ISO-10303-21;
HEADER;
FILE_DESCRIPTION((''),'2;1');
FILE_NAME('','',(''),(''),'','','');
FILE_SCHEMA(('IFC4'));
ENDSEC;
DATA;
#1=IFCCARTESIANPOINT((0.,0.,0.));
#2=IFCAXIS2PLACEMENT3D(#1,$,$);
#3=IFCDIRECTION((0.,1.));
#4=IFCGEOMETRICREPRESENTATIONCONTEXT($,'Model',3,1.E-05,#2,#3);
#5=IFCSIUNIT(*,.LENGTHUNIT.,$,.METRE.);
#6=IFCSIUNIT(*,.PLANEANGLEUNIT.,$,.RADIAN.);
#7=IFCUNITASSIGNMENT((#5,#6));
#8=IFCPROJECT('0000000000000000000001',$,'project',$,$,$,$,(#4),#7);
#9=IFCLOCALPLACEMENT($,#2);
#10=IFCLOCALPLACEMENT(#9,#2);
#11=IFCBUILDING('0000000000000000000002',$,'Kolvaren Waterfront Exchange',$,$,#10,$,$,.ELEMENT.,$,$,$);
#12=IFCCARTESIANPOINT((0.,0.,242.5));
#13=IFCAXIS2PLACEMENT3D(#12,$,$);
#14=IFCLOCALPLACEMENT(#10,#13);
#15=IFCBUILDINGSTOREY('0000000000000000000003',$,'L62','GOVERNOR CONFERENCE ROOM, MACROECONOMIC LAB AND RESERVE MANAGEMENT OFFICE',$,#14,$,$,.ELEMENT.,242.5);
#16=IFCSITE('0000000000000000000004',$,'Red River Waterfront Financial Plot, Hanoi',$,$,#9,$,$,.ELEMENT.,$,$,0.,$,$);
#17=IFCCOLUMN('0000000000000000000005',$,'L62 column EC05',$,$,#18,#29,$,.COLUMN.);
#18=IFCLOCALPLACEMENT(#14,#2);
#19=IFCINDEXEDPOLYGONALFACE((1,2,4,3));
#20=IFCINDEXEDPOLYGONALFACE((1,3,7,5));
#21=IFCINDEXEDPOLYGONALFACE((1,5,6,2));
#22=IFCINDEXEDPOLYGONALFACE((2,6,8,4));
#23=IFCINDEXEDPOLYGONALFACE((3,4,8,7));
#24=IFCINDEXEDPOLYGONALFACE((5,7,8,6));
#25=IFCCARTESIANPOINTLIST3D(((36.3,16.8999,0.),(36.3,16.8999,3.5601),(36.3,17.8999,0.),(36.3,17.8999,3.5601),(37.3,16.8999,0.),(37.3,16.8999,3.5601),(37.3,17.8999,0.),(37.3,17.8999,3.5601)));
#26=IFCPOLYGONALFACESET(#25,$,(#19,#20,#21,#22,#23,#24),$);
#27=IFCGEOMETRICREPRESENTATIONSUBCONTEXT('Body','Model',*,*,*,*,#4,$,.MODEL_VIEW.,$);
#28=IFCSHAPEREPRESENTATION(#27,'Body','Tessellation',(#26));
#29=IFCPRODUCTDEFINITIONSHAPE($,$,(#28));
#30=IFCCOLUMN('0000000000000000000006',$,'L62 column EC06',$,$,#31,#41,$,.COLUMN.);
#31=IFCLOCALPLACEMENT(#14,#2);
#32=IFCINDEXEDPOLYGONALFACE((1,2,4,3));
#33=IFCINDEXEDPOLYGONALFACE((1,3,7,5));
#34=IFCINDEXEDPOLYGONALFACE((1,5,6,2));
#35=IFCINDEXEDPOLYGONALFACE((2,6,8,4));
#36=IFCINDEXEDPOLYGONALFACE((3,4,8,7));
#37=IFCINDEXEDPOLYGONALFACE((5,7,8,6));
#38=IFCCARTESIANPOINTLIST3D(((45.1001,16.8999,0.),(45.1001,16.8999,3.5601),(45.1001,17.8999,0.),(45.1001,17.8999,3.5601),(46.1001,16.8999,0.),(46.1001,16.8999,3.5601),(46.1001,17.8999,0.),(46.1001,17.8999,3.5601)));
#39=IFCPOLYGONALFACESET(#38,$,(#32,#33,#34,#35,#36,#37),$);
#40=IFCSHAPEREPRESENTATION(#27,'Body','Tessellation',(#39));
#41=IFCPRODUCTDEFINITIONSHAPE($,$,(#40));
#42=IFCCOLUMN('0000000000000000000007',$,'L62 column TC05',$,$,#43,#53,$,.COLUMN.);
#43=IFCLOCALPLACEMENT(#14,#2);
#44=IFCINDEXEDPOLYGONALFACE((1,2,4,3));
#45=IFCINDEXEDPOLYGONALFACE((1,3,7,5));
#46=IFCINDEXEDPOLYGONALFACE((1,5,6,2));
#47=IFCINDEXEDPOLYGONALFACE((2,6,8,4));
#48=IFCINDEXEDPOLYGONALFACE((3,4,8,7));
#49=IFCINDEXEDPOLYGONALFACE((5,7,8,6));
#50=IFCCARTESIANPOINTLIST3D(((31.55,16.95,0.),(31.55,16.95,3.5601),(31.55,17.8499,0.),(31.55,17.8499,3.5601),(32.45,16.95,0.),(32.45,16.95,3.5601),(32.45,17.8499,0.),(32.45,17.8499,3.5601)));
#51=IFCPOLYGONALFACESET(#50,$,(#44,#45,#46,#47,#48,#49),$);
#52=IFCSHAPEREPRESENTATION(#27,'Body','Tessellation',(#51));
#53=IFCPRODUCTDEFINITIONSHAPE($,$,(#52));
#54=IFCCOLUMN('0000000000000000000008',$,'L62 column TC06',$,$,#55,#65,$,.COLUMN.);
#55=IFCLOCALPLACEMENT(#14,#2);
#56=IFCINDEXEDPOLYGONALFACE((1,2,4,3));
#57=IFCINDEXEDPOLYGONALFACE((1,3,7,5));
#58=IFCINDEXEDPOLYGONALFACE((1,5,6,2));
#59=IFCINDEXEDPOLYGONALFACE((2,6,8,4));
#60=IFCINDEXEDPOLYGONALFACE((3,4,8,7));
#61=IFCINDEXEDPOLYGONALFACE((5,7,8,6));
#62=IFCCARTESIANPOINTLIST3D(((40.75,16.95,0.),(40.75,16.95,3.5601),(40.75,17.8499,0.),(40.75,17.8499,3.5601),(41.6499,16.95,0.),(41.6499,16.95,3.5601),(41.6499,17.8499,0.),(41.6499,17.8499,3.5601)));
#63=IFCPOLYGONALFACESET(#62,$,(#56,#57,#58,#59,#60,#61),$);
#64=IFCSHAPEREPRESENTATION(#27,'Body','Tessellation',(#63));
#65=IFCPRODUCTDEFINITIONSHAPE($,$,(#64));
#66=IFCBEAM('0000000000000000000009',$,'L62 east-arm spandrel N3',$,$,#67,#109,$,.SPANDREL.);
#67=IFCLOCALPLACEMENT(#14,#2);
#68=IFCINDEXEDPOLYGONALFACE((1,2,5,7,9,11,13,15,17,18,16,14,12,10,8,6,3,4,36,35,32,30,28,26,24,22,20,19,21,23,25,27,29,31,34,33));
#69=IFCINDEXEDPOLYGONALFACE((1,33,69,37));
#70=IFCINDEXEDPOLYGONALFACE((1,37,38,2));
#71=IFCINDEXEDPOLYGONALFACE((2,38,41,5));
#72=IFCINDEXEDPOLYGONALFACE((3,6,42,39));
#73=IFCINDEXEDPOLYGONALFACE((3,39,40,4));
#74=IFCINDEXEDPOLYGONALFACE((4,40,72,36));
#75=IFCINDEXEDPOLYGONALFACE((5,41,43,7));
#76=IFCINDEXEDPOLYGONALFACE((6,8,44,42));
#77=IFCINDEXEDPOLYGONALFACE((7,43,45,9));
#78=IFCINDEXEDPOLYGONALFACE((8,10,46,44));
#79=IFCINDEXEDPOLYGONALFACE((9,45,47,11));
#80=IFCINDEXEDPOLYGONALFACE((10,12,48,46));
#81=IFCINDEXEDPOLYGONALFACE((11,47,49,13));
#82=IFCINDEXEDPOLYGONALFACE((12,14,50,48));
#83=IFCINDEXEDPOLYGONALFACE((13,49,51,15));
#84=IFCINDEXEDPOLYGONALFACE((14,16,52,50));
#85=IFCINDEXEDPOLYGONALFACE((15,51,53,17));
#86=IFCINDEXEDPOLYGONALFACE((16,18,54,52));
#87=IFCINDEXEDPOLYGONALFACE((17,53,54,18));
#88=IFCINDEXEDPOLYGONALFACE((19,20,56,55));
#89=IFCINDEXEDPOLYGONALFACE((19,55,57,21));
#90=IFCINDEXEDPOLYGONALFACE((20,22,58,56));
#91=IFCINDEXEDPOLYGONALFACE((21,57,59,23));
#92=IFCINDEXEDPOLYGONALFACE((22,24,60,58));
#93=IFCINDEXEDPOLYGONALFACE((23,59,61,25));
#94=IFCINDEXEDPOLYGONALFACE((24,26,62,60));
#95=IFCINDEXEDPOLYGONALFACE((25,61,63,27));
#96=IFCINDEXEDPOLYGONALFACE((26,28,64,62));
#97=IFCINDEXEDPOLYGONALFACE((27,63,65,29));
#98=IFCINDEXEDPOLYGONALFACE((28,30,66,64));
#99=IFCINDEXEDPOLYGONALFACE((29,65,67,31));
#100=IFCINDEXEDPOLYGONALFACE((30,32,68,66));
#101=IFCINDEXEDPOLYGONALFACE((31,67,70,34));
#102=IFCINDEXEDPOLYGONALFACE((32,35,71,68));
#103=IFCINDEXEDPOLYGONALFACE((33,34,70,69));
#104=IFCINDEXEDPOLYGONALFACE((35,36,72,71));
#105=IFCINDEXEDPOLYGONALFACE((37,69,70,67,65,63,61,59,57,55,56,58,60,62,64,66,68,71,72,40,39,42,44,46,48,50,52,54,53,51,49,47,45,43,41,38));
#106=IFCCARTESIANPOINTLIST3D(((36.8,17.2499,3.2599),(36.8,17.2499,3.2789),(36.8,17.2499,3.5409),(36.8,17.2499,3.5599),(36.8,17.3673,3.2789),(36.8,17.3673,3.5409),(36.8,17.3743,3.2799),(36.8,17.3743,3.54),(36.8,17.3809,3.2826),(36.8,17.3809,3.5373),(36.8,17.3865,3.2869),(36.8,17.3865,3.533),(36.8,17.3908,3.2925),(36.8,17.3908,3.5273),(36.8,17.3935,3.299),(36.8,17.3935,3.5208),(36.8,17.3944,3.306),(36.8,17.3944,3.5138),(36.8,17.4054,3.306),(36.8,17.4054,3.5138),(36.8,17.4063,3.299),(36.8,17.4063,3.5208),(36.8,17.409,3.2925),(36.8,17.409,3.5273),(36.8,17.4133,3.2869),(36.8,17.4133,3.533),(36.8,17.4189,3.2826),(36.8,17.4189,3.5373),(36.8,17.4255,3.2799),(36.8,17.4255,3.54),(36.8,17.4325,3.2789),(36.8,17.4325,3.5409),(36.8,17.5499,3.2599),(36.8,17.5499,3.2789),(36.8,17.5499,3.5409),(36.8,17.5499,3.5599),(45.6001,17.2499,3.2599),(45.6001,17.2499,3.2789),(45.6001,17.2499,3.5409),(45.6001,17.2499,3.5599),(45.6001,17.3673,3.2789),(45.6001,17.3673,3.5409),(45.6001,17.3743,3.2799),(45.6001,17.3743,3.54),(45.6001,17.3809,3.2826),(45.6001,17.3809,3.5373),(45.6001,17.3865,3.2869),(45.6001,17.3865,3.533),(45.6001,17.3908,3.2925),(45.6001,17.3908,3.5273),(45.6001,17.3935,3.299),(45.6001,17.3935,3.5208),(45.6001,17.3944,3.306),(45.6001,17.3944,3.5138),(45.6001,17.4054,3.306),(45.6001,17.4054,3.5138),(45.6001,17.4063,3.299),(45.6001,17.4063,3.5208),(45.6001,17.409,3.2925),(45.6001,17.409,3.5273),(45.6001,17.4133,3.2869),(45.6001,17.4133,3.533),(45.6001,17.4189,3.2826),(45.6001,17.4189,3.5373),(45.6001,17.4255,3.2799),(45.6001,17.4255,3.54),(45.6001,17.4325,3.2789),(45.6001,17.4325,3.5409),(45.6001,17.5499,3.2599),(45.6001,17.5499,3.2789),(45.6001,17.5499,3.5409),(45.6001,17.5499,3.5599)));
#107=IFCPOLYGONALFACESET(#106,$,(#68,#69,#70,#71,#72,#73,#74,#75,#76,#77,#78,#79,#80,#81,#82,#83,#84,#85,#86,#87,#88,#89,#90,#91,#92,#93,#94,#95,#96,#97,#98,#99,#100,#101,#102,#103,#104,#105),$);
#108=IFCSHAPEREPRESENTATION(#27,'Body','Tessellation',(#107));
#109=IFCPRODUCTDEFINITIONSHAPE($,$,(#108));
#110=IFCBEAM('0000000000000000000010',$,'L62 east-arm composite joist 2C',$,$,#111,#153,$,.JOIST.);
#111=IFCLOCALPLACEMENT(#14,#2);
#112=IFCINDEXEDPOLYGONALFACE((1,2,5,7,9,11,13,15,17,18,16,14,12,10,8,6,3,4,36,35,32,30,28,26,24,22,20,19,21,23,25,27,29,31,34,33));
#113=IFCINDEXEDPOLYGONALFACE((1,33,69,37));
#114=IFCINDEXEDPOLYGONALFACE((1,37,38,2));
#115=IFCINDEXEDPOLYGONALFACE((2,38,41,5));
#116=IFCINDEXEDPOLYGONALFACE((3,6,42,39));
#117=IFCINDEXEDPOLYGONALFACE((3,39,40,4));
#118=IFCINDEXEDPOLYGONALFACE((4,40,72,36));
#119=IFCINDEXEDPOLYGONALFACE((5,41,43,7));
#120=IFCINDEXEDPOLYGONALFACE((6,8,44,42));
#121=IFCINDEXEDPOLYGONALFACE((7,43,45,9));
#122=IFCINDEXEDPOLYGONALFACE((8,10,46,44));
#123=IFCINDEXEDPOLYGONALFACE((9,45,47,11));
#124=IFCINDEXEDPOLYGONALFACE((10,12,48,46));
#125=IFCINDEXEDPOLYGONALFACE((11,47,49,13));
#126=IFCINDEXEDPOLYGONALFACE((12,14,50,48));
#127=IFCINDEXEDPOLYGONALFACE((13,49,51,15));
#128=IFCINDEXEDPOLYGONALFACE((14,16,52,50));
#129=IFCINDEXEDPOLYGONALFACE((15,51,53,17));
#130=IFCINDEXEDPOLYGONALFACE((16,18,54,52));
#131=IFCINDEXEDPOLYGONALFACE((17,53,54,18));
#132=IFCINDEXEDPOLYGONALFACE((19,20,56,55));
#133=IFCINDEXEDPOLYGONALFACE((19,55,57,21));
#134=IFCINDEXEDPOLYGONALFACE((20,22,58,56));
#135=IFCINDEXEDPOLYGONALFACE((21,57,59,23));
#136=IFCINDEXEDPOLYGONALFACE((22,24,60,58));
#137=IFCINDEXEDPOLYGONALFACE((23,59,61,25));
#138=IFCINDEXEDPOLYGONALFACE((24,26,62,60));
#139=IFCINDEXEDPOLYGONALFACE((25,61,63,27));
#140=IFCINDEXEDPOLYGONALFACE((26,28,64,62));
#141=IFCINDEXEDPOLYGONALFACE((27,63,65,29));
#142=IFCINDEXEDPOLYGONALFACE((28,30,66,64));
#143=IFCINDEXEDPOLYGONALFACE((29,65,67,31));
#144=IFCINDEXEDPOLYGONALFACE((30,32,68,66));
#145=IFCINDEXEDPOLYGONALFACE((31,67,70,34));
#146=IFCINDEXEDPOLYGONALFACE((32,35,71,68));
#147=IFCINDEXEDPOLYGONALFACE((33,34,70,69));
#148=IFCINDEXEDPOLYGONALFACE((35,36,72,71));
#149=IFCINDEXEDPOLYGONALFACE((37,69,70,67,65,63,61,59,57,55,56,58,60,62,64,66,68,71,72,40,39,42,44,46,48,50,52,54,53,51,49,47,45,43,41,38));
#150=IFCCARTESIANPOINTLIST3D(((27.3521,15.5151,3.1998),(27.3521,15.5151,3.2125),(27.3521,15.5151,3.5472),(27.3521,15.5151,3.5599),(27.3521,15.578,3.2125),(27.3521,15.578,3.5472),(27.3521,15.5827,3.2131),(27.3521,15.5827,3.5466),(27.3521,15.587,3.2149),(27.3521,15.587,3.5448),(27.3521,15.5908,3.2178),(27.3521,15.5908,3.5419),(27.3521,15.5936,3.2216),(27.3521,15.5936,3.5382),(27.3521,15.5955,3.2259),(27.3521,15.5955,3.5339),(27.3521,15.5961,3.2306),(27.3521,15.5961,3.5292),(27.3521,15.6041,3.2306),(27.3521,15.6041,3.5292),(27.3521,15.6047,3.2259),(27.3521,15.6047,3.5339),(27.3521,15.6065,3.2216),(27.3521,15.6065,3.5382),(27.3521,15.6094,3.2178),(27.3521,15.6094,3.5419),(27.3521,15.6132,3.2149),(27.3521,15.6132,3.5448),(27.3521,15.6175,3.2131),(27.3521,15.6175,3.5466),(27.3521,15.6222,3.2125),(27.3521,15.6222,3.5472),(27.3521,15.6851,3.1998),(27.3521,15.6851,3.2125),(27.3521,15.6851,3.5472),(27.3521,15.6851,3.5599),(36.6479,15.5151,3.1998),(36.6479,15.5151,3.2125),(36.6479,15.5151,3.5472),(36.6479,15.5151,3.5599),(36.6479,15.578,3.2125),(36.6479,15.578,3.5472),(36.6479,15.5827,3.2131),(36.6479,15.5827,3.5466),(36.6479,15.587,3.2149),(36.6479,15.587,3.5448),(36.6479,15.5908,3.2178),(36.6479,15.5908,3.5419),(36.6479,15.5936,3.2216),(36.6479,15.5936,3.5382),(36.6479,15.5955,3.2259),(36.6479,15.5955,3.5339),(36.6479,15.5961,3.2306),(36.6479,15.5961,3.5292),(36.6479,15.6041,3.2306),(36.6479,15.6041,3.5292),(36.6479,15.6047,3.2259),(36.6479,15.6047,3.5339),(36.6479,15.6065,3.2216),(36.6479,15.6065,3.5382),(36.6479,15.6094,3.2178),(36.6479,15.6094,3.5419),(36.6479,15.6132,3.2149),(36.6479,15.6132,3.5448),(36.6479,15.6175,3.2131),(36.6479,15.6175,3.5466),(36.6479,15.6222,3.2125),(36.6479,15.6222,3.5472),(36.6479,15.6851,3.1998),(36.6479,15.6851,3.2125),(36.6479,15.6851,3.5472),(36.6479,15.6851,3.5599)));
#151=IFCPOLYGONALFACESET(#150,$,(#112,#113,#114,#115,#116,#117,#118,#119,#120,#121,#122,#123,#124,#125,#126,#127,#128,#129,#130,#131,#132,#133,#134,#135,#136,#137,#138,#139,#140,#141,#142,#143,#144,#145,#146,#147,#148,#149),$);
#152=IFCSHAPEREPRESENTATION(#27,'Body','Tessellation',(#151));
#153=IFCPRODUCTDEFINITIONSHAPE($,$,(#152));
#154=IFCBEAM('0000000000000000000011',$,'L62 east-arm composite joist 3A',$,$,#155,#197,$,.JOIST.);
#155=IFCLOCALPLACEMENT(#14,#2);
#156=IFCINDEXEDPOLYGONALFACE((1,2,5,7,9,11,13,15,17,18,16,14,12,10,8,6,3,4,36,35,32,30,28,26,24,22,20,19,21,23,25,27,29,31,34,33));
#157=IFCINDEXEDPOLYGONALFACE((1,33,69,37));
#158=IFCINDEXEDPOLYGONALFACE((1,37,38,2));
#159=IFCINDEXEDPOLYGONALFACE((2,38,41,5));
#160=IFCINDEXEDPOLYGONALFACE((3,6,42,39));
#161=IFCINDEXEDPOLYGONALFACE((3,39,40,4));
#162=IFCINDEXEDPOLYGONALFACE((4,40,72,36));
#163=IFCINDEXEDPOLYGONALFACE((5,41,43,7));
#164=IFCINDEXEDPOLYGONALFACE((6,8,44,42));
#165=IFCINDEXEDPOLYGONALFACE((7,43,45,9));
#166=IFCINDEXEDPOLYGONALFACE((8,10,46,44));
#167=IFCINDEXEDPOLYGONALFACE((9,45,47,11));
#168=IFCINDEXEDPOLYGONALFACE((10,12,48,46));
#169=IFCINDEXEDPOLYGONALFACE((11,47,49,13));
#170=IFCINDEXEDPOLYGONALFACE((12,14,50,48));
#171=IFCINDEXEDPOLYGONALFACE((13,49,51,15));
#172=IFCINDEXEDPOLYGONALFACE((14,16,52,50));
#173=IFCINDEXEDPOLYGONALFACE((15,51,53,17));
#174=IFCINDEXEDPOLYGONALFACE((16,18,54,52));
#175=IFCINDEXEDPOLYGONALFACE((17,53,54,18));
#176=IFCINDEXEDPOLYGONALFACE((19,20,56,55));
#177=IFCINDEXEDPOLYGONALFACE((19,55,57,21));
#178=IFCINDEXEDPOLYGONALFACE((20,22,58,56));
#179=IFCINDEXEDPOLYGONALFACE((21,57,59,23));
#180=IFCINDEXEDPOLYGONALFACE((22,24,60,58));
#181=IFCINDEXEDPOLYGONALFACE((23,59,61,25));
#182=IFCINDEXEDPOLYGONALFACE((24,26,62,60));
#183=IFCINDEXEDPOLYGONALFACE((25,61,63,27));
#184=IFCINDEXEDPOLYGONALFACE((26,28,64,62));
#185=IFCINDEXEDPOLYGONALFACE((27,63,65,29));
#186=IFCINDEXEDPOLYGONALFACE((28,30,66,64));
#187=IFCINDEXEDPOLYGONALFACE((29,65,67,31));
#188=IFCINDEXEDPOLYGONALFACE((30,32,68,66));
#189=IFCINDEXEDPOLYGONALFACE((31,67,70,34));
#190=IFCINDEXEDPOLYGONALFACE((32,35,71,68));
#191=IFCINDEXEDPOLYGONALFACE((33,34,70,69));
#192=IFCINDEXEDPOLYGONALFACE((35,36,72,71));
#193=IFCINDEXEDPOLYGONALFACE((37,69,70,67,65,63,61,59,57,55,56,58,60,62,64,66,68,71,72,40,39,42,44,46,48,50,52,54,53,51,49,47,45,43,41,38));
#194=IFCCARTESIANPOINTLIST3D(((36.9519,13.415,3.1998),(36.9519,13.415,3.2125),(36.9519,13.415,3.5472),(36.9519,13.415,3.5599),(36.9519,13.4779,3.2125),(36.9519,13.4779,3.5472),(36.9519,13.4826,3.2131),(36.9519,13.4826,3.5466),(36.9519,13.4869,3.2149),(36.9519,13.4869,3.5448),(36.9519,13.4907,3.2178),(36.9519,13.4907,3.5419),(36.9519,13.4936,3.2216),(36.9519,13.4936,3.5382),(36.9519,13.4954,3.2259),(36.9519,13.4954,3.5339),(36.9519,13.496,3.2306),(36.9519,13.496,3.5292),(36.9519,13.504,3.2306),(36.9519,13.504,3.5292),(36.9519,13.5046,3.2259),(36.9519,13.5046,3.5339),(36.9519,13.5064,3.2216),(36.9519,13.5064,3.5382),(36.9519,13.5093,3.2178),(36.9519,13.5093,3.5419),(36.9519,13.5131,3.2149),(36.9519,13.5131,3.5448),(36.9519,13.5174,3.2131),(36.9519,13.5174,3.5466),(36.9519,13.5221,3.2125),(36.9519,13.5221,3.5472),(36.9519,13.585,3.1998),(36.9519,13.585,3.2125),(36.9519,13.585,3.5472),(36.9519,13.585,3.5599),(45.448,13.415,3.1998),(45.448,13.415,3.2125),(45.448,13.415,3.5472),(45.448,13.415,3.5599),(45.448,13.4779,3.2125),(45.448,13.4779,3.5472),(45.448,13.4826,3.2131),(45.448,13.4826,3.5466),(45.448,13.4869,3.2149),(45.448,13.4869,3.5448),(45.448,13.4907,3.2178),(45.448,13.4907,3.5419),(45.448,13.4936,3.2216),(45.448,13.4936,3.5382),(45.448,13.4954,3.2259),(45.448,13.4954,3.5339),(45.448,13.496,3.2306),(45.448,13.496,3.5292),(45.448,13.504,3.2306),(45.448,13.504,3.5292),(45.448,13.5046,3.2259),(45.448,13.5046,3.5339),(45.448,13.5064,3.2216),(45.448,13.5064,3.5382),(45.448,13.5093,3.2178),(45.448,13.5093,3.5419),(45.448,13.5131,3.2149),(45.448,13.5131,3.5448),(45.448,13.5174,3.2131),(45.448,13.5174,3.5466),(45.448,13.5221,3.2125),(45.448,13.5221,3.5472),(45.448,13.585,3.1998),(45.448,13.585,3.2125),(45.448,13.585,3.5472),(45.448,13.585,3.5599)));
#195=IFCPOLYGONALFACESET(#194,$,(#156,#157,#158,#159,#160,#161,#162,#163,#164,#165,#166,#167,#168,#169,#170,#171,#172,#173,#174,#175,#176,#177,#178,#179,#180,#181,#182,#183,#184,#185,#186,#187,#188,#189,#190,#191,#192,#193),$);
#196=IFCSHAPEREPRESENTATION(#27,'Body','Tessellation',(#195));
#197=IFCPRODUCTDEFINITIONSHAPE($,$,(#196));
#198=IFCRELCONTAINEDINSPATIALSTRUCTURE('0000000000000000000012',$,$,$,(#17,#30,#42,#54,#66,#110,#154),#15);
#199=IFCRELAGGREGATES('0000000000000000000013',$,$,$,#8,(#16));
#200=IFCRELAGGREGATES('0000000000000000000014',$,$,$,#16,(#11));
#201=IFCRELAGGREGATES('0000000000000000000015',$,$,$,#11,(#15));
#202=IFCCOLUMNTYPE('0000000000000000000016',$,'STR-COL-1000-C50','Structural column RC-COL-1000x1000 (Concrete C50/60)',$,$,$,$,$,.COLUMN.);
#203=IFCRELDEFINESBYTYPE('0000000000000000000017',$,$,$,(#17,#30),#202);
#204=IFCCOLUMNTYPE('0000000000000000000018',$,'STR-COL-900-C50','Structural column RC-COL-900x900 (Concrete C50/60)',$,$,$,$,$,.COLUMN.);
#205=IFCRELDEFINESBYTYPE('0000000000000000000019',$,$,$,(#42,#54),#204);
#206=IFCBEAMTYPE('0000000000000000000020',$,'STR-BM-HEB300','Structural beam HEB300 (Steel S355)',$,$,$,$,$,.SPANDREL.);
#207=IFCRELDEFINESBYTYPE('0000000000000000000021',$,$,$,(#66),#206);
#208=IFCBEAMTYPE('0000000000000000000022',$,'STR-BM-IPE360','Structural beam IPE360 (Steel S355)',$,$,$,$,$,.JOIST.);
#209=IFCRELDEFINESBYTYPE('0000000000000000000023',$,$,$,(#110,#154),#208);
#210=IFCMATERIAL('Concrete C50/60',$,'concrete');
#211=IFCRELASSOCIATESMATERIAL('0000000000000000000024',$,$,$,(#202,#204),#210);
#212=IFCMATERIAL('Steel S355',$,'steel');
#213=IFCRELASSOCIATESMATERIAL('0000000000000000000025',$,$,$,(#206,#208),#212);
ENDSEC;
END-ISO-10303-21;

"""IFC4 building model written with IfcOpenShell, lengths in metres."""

from ifc_helpers import new_model, si_unit, direction, frame, origin, origin_2d, place, context, subcontext, project, spatial, rectangle, i_section, extrude, material, material_profile, profile_set, type_object, element, save


model = new_model("IFC4")

# Units and contexts
model_context = context("Model", 3, precision=1e-05, world=origin(), true_north=direction((0.0, 1.0)))
body_context = subcontext(model_context, "Body", "Model", "MODEL_VIEW")
ifc_project = project(units=[si_unit("LENGTHUNIT", "METRE"), si_unit("PLANEANGLEUNIT", "RADIAN")], contexts=[model_context])

# Site, building, storey
site_placement = place(None, origin())
site = spatial("IfcSite", under=ifc_project, at=site_placement, Name="Red River Waterfront Financial Plot, Hanoi", CompositionType="ELEMENT", RefElevation=0.0)
building_placement = place(site_placement, origin())
building = spatial("IfcBuilding", under=site, at=building_placement, Name="Kolvaren Waterfront Exchange", CompositionType="ELEMENT")
storey_placement = place(building_placement, frame((0.0, 0.0, 242.5)))
storey = spatial("IfcBuildingStorey", under=building, at=storey_placement, Name="L62", Description="GOVERNOR CONFERENCE ROOM, MACROECONOMIC LAB AND RESERVE MANAGEMENT OFFICE", CompositionType="ELEMENT", Elevation=242.5)

# Columns
ifc_material_1 = material(Name="Concrete C50/60", Category="concrete")
ifc_material_profile_1 = material_profile(ifc_material_1, rectangle(XDim=1.0, YDim=1.0, at=origin_2d()), Name="RC-COL-1000x1000")
ifc_profile_set_1 = profile_set([ifc_material_profile_1], Name="Concrete C50/60")
column_type_1 = type_object("IfcColumnType", Name="STR-COL-1000-C50", Description="Structural column RC-COL-1000x1000 (Concrete C50/60)", PredefinedType="COLUMN", material=ifc_profile_set_1)
for number, where, z_axis, x_axis, name in (
    (1, (36.8, 17.3999, 0.0), (0.0, 0.0, 1.0), (1.0, 0.0, 0.0), "L62 column EC05"),
    (2, (45.6001, 17.3999, 0.0), (0.0, 0.0, 1.0), (1.0, 0.0, 0.0), "L62 column EC06"),
):
    element("IfcColumn", number, at=place(storey_placement, frame(where, z_axis=z_axis, x_axis=x_axis)), inside=storey, type_object=column_type_1, Name=name, PredefinedType="COLUMN", context=body_context, shape_type="SweptSolid", body=[
        extrude(rectangle(XDim=1.0, YDim=1.0, at=origin_2d()), origin(), (0.0, 0.0, 1.0), 3.5601),
    ])
ifc_material_profile_2 = material_profile(ifc_material_1, rectangle(XDim=0.8999, YDim=0.8999, at=origin_2d()), Name="RC-COL-900x900")
ifc_profile_set_2 = profile_set([ifc_material_profile_2], Name="Concrete C50/60")
column_type_2 = type_object("IfcColumnType", Name="STR-COL-900-C50", Description="Structural column RC-COL-900x900 (Concrete C50/60)", PredefinedType="COLUMN", material=ifc_profile_set_2)
for number, where, z_axis, x_axis, name in (
    (3, (32.0, 17.3999, 0.0), (0.0, 0.0, 1.0), (1.0, 0.0, 0.0), "L62 column TC05"),
    (4, (41.2, 17.3999, 0.0), (0.0, 0.0, 1.0), (1.0, 0.0, 0.0), "L62 column TC06"),
):
    element("IfcColumn", number, at=place(storey_placement, frame(where, z_axis=z_axis, x_axis=x_axis)), inside=storey, type_object=column_type_2, Name=name, PredefinedType="COLUMN", context=body_context, shape_type="SweptSolid", body=[
        extrude(rectangle(XDim=0.8999, YDim=0.8999, at=origin_2d()), origin(), (0.0, 0.0, 1.0), 3.5601),
    ])

# Beams
ifc_material_2 = material(Name="Steel S355", Category="steel")
ifc_material_profile_3 = material_profile(ifc_material_2, i_section(OverallWidth=0.3, OverallDepth=0.3, WebThickness=0.011, FlangeThickness=0.019, FilletRadius=0.0271, at=origin_2d()), Name="HEB300")
ifc_profile_set_3 = profile_set([ifc_material_profile_3], Name="Steel S355")
beam_type_1 = type_object("IfcBeamType", Name="STR-BM-HEB300", Description="Structural beam HEB300 (Steel S355)", PredefinedType="SPANDREL", material=ifc_profile_set_3)
beam_1_placement = place(storey_placement, frame((36.8, 17.3999, 3.4099), z_axis=(1.0, 0.0, 0.0), x_axis=(0.0, 1.0, 0.0)))
element("IfcBeam", 5, at=beam_1_placement, inside=storey, type_object=beam_type_1, Name="L62 east-arm spandrel N3", PredefinedType="SPANDREL", context=body_context, shape_type="SweptSolid", body=[
    extrude(i_section(OverallWidth=0.3, OverallDepth=0.3, WebThickness=0.011, FlangeThickness=0.019, FilletRadius=0.0271, at=origin_2d()), origin(), (0.0, 0.0, 1.0), 8.8),
])
ifc_material_profile_4 = material_profile(ifc_material_2, i_section(OverallWidth=0.1699, OverallDepth=0.3601, WebThickness=0.0081, FlangeThickness=0.0127, FilletRadius=0.0181, at=origin_2d()), Name="IPE360")
ifc_profile_set_4 = profile_set([ifc_material_profile_4], Name="Steel S355")
beam_type_2 = type_object("IfcBeamType", Name="STR-BM-IPE360", Description="Structural beam IPE360 (Steel S355)", PredefinedType="JOIST", material=ifc_profile_set_4)
beam_2_placement = place(storey_placement, frame((27.3521, 15.6001, 3.3799), z_axis=(1.0, 0.0, 0.0), x_axis=(0.0, 1.0, 0.0)))
element("IfcBeam", 6, at=beam_2_placement, inside=storey, type_object=beam_type_2, Name="L62 east-arm composite joist 2C", PredefinedType="JOIST", context=body_context, shape_type="SweptSolid", body=[
    extrude(i_section(OverallWidth=0.1699, OverallDepth=0.3601, WebThickness=0.0081, FlangeThickness=0.0127, FilletRadius=0.0181, at=origin_2d()), origin(), (0.0, 0.0, 1.0), 9.2959),
])
for number, where, z_axis, x_axis, name in (
    (7, (36.9519, 13.5, 3.3799), (1.0, 0.0, 0.0), (0.0, 1.0, 0.0), "L62 east-arm composite joist 3A"),
):
    element("IfcBeam", number, at=place(storey_placement, frame(where, z_axis=z_axis, x_axis=x_axis)), inside=storey, type_object=beam_type_2, Name=name, PredefinedType="JOIST", context=body_context, shape_type="SweptSolid", body=[
        extrude(i_section(OverallWidth=0.1699, OverallDepth=0.3601, WebThickness=0.0081, FlangeThickness=0.0127, FilletRadius=0.0181, at=origin_2d()), origin(), (0.0, 0.0, 1.0), 8.4961),
    ])

save(model, "model.ifc")
